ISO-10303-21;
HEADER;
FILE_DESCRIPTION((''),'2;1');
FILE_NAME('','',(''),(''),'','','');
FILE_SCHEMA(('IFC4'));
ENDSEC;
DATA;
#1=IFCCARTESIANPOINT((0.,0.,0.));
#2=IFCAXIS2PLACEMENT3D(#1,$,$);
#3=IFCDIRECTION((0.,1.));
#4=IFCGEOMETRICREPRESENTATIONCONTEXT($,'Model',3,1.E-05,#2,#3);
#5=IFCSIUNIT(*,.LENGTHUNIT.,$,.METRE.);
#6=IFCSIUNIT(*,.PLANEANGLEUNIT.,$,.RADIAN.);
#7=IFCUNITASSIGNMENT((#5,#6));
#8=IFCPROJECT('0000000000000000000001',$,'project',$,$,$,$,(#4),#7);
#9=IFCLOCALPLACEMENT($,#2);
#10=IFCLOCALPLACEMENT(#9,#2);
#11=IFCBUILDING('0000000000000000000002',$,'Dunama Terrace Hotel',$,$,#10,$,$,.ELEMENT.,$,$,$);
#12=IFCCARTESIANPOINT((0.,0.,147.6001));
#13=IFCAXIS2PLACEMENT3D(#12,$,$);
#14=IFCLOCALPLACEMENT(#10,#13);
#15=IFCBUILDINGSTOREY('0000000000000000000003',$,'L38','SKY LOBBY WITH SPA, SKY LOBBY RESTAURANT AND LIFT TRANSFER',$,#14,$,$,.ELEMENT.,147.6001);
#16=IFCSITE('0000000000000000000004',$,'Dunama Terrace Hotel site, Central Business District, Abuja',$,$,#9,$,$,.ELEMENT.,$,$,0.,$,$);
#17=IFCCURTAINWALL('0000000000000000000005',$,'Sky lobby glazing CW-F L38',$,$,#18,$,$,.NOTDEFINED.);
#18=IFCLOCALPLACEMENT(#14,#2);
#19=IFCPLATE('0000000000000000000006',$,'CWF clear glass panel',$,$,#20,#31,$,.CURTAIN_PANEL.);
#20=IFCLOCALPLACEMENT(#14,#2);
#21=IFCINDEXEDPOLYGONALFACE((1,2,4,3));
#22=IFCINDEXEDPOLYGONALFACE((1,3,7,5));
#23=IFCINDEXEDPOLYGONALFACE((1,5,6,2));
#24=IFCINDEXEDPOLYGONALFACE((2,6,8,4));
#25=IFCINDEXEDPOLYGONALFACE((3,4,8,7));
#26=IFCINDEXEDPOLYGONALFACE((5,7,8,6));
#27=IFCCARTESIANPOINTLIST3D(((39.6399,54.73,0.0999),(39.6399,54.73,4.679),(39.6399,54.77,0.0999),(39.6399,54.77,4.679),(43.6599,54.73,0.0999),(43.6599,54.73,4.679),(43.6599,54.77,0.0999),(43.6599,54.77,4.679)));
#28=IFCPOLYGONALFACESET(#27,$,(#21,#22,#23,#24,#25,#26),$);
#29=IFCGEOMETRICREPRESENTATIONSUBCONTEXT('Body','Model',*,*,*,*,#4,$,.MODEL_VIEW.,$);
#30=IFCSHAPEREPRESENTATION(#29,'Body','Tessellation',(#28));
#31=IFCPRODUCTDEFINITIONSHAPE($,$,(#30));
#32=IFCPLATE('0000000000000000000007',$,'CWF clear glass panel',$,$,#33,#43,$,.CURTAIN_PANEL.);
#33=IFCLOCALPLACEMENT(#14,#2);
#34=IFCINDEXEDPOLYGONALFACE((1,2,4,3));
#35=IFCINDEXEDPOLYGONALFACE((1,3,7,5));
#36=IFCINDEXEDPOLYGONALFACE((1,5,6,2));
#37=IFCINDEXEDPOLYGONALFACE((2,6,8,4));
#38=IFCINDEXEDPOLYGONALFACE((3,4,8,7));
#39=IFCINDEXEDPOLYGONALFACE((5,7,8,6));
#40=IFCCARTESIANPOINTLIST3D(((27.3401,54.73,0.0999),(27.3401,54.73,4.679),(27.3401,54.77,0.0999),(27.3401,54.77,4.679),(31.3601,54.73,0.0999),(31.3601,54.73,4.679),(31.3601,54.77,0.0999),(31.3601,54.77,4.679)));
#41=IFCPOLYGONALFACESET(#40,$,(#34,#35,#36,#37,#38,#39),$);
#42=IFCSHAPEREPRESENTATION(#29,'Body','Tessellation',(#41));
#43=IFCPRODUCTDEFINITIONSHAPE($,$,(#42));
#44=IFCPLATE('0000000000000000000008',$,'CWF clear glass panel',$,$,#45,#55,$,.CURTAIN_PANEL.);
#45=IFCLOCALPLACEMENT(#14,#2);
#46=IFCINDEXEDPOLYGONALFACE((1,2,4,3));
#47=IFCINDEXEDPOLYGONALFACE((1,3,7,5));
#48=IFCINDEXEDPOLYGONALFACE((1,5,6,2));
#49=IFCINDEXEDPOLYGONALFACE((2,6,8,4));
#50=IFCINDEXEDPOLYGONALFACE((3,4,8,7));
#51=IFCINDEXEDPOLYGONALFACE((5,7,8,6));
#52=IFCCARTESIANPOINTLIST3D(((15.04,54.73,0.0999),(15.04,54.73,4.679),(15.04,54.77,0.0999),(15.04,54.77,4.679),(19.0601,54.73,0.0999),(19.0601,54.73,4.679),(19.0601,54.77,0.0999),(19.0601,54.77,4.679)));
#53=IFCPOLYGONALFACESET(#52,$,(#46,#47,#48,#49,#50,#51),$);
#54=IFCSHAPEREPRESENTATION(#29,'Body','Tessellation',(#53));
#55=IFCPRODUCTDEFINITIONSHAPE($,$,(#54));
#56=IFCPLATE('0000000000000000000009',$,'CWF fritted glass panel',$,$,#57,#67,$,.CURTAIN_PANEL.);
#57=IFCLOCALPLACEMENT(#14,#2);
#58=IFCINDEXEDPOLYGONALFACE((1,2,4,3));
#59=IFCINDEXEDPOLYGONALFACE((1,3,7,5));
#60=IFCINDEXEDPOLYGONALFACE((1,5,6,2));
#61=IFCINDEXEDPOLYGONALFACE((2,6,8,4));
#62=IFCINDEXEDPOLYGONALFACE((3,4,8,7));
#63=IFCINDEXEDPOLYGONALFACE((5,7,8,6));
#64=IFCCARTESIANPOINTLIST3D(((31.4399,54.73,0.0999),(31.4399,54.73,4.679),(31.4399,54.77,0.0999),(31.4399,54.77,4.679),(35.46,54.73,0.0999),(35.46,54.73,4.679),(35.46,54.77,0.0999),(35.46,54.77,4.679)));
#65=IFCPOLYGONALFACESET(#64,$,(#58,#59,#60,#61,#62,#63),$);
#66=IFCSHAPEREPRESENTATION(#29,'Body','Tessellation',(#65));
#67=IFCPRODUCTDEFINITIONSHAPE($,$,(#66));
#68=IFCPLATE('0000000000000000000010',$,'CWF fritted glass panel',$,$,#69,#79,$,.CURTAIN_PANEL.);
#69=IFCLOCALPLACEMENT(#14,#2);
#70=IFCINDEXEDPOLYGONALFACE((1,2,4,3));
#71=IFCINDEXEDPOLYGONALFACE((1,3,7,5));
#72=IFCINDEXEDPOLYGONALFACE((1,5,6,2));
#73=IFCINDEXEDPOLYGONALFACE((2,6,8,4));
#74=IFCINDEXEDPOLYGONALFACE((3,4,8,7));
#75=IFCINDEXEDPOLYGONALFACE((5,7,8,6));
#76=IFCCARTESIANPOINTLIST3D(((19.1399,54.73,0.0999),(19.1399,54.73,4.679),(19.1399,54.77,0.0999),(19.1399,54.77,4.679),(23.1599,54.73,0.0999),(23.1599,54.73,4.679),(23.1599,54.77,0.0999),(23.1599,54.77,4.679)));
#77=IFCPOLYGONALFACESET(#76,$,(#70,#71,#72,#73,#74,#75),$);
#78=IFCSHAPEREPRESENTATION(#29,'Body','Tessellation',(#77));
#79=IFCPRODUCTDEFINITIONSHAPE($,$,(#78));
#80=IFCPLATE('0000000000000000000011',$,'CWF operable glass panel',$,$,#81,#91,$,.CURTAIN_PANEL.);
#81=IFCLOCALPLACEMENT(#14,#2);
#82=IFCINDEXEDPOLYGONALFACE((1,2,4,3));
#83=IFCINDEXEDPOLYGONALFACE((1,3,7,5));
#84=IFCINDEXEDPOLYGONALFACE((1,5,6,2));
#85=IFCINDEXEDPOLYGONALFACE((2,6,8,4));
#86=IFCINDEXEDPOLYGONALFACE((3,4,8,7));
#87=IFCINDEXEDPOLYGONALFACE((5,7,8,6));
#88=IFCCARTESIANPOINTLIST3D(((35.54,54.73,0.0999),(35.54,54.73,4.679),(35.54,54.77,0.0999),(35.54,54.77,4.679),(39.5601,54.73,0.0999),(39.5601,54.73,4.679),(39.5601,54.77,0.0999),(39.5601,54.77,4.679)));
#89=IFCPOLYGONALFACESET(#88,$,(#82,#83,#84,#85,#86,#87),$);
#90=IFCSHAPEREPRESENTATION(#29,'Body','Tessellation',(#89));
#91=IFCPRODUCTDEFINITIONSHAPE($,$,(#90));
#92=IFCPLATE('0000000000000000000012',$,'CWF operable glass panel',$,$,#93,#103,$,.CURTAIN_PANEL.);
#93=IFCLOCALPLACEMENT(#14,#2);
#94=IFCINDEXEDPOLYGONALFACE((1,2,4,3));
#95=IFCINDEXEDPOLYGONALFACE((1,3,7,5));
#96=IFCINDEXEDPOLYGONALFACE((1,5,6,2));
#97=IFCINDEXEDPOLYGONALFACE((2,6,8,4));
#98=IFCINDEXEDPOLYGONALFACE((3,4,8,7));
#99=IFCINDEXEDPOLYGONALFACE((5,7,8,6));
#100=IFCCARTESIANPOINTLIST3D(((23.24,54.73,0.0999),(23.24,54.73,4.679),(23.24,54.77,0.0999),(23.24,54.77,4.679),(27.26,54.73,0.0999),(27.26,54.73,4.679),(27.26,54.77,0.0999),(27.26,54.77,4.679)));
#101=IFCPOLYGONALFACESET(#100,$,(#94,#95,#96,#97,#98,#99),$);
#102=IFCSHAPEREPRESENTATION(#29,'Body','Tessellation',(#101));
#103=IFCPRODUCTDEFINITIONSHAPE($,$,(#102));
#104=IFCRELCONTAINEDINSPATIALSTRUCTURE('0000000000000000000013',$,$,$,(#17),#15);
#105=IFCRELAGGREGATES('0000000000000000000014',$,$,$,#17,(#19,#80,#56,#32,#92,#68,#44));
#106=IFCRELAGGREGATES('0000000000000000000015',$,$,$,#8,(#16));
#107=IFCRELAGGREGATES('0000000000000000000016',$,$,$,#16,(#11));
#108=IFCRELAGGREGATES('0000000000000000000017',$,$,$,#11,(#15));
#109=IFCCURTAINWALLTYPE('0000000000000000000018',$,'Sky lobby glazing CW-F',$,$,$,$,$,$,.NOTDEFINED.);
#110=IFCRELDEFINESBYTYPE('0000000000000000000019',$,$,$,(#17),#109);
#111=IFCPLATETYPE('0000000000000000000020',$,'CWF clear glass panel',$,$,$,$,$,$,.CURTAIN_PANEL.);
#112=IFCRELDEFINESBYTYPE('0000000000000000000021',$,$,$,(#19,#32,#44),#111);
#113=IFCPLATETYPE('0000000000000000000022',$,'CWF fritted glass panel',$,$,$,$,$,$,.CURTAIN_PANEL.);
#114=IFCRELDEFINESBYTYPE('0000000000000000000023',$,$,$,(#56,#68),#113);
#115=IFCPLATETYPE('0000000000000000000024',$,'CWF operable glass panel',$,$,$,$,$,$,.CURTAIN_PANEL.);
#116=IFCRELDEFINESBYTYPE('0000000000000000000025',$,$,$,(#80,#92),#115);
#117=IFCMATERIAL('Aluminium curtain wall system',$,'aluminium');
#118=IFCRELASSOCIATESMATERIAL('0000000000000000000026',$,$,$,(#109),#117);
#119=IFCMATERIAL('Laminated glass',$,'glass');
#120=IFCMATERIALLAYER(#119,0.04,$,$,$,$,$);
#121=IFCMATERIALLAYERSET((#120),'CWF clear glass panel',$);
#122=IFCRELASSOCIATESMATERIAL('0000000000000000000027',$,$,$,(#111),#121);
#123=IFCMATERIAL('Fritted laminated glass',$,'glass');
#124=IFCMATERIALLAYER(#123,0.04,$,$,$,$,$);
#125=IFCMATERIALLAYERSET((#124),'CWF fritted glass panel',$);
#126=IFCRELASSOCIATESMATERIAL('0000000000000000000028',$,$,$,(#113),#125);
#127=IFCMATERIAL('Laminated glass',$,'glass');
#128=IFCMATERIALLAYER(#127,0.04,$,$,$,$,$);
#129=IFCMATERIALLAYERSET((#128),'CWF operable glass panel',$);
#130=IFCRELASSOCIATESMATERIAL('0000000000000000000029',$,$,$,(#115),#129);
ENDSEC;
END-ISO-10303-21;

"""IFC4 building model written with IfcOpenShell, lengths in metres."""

from ifc_helpers import new_model, si_unit, direction, frame, origin, origin_2d, place, context, subcontext, project, spatial, rectangle, extrude, material, layer, layer_set, type_object, element, aggregate, save


model = new_model("IFC4")

# Units and contexts
model_context = context("Model", 3, precision=1e-05, world=origin(), true_north=direction((0.0, 1.0)))
body_context = subcontext(model_context, "Body", "Model", "MODEL_VIEW")
ifc_project = project(units=[si_unit("LENGTHUNIT", "METRE"), si_unit("PLANEANGLEUNIT", "RADIAN")], contexts=[model_context])

# Site, building, storey
site_placement = place(None, origin())
site = spatial("IfcSite", under=ifc_project, at=site_placement, Name="Dunama Terrace Hotel site, Central Business District, Abuja", CompositionType="ELEMENT", RefElevation=0.0)
building_placement = place(site_placement, origin())
building = spatial("IfcBuilding", under=site, at=building_placement, Name="Dunama Terrace Hotel", CompositionType="ELEMENT")
storey_placement = place(building_placement, frame((0.0, 0.0, 147.6001)))
storey = spatial("IfcBuildingStorey", under=building, at=storey_placement, Name="L38", Description="SKY LOBBY WITH SPA, SKY LOBBY RESTAURANT AND LIFT TRANSFER", CompositionType="ELEMENT", Elevation=147.6001)

# Curtain wall, plates
ifc_material_1 = material(Name="Aluminium curtain wall system", Category="aluminium")
curtain_wall_type = type_object("IfcCurtainWallType", Name="Sky lobby glazing CW-F", PredefinedType="NOTDEFINED", material=ifc_material_1)
curtain_wall_placement = place(storey_placement, origin())
curtain_wall = element("IfcCurtainWall", 1, at=curtain_wall_placement, inside=storey, type_object=curtain_wall_type, Name="Sky lobby glazing CW-F L38", PredefinedType="NOTDEFINED")
ifc_material_2 = material(Name="Laminated glass", Category="glass")
ifc_layer_1 = layer(ifc_material_2, 0.04)
ifc_layer_set_1 = layer_set([ifc_layer_1], Name="CWF clear glass panel")
plate_type_1 = type_object("IfcPlateType", Name="CWF clear glass panel", PredefinedType="CURTAIN_PANEL", material=ifc_layer_set_1)
plate_1_placement = place(storey_placement, frame((41.6499, 54.75, 0.0999), z_axis=(0.0, 0.0, 1.0), x_axis=(-1.0, 0.0, 0.0)))
plate_1 = element("IfcPlate", 2, at=plate_1_placement, type_object=plate_type_1, Name="CWF clear glass panel", PredefinedType="CURTAIN_PANEL", context=body_context, shape_type="SweptSolid", body=[
    extrude(rectangle(XDim=4.02, YDim=0.04, at=origin_2d()), origin(), (0.0, 0.0, 1.0), 4.5791),
])
plate_2_placement = place(storey_placement, frame((29.3501, 54.75, 0.0999), z_axis=(0.0, 0.0, 1.0), x_axis=(-1.0, 0.0, 0.0)))
plate_2 = element("IfcPlate", 3, at=plate_2_placement, type_object=plate_type_1, Name="CWF clear glass panel", PredefinedType="CURTAIN_PANEL", context=body_context, shape_type="SweptSolid", body=[
    extrude(rectangle(XDim=4.02, YDim=0.04, at=origin_2d()), origin(), (0.0, 0.0, 1.0), 4.5791),
])
plate_3_placement = place(storey_placement, frame((17.05, 54.75, 0.0999), z_axis=(0.0, 0.0, 1.0), x_axis=(-1.0, 0.0, 0.0)))
plate_3 = element("IfcPlate", 4, at=plate_3_placement, type_object=plate_type_1, Name="CWF clear glass panel", PredefinedType="CURTAIN_PANEL", context=body_context, shape_type="SweptSolid", body=[
    extrude(rectangle(XDim=4.02, YDim=0.04, at=origin_2d()), origin(), (0.0, 0.0, 1.0), 4.5791),
])
ifc_material_3 = material(Name="Fritted laminated glass", Category="glass")
ifc_layer_2 = layer(ifc_material_3, 0.04)
ifc_layer_set_2 = layer_set([ifc_layer_2], Name="CWF fritted glass panel")
plate_type_2 = type_object("IfcPlateType", Name="CWF fritted glass panel", PredefinedType="CURTAIN_PANEL", material=ifc_layer_set_2)
plate_4_placement = place(storey_placement, frame((33.45, 54.75, 0.0999), z_axis=(0.0, 0.0, 1.0), x_axis=(-1.0, 0.0, 0.0)))
plate_4 = element("IfcPlate", 5, at=plate_4_placement, type_object=plate_type_2, Name="CWF fritted glass panel", PredefinedType="CURTAIN_PANEL", context=body_context, shape_type="SweptSolid", body=[
    extrude(rectangle(XDim=4.02, YDim=0.04, at=origin_2d()), origin(), (0.0, 0.0, 1.0), 4.5791),
])
plate_5_placement = place(storey_placement, frame((21.1499, 54.75, 0.0999), z_axis=(0.0, 0.0, 1.0), x_axis=(-1.0, 0.0, 0.0)))
plate_5 = element("IfcPlate", 6, at=plate_5_placement, type_object=plate_type_2, Name="CWF fritted glass panel", PredefinedType="CURTAIN_PANEL", context=body_context, shape_type="SweptSolid", body=[
    extrude(rectangle(XDim=4.02, YDim=0.04, at=origin_2d()), origin(), (0.0, 0.0, 1.0), 4.5791),
])
ifc_material_4 = material(Name="Laminated glass", Category="glass")
ifc_layer_3 = layer(ifc_material_4, 0.04)
ifc_layer_set_3 = layer_set([ifc_layer_3], Name="CWF operable glass panel")
plate_type_3 = type_object("IfcPlateType", Name="CWF operable glass panel", PredefinedType="CURTAIN_PANEL", material=ifc_layer_set_3)
plate_6_placement = place(storey_placement, frame((37.55, 54.75, 0.0999), z_axis=(0.0, 0.0, 1.0), x_axis=(-1.0, 0.0, 0.0)))
plate_6 = element("IfcPlate", 7, at=plate_6_placement, type_object=plate_type_3, Name="CWF operable glass panel", PredefinedType="CURTAIN_PANEL", context=body_context, shape_type="SweptSolid", body=[
    extrude(rectangle(XDim=4.02, YDim=0.04, at=origin_2d()), origin(), (0.0, 0.0, 1.0), 4.5791),
])
plate_7_placement = place(storey_placement, frame((25.25, 54.75, 0.0999), z_axis=(0.0, 0.0, 1.0), x_axis=(-1.0, 0.0, 0.0)))
plate_7 = element("IfcPlate", 8, at=plate_7_placement, type_object=plate_type_3, Name="CWF operable glass panel", PredefinedType="CURTAIN_PANEL", context=body_context, shape_type="SweptSolid", body=[
    extrude(rectangle(XDim=4.02, YDim=0.04, at=origin_2d()), origin(), (0.0, 0.0, 1.0), 4.5791),
])
aggregate(curtain_wall, [plate_1, plate_6, plate_4, plate_2, plate_7, plate_5, plate_3])

save(model, "model.ifc")
